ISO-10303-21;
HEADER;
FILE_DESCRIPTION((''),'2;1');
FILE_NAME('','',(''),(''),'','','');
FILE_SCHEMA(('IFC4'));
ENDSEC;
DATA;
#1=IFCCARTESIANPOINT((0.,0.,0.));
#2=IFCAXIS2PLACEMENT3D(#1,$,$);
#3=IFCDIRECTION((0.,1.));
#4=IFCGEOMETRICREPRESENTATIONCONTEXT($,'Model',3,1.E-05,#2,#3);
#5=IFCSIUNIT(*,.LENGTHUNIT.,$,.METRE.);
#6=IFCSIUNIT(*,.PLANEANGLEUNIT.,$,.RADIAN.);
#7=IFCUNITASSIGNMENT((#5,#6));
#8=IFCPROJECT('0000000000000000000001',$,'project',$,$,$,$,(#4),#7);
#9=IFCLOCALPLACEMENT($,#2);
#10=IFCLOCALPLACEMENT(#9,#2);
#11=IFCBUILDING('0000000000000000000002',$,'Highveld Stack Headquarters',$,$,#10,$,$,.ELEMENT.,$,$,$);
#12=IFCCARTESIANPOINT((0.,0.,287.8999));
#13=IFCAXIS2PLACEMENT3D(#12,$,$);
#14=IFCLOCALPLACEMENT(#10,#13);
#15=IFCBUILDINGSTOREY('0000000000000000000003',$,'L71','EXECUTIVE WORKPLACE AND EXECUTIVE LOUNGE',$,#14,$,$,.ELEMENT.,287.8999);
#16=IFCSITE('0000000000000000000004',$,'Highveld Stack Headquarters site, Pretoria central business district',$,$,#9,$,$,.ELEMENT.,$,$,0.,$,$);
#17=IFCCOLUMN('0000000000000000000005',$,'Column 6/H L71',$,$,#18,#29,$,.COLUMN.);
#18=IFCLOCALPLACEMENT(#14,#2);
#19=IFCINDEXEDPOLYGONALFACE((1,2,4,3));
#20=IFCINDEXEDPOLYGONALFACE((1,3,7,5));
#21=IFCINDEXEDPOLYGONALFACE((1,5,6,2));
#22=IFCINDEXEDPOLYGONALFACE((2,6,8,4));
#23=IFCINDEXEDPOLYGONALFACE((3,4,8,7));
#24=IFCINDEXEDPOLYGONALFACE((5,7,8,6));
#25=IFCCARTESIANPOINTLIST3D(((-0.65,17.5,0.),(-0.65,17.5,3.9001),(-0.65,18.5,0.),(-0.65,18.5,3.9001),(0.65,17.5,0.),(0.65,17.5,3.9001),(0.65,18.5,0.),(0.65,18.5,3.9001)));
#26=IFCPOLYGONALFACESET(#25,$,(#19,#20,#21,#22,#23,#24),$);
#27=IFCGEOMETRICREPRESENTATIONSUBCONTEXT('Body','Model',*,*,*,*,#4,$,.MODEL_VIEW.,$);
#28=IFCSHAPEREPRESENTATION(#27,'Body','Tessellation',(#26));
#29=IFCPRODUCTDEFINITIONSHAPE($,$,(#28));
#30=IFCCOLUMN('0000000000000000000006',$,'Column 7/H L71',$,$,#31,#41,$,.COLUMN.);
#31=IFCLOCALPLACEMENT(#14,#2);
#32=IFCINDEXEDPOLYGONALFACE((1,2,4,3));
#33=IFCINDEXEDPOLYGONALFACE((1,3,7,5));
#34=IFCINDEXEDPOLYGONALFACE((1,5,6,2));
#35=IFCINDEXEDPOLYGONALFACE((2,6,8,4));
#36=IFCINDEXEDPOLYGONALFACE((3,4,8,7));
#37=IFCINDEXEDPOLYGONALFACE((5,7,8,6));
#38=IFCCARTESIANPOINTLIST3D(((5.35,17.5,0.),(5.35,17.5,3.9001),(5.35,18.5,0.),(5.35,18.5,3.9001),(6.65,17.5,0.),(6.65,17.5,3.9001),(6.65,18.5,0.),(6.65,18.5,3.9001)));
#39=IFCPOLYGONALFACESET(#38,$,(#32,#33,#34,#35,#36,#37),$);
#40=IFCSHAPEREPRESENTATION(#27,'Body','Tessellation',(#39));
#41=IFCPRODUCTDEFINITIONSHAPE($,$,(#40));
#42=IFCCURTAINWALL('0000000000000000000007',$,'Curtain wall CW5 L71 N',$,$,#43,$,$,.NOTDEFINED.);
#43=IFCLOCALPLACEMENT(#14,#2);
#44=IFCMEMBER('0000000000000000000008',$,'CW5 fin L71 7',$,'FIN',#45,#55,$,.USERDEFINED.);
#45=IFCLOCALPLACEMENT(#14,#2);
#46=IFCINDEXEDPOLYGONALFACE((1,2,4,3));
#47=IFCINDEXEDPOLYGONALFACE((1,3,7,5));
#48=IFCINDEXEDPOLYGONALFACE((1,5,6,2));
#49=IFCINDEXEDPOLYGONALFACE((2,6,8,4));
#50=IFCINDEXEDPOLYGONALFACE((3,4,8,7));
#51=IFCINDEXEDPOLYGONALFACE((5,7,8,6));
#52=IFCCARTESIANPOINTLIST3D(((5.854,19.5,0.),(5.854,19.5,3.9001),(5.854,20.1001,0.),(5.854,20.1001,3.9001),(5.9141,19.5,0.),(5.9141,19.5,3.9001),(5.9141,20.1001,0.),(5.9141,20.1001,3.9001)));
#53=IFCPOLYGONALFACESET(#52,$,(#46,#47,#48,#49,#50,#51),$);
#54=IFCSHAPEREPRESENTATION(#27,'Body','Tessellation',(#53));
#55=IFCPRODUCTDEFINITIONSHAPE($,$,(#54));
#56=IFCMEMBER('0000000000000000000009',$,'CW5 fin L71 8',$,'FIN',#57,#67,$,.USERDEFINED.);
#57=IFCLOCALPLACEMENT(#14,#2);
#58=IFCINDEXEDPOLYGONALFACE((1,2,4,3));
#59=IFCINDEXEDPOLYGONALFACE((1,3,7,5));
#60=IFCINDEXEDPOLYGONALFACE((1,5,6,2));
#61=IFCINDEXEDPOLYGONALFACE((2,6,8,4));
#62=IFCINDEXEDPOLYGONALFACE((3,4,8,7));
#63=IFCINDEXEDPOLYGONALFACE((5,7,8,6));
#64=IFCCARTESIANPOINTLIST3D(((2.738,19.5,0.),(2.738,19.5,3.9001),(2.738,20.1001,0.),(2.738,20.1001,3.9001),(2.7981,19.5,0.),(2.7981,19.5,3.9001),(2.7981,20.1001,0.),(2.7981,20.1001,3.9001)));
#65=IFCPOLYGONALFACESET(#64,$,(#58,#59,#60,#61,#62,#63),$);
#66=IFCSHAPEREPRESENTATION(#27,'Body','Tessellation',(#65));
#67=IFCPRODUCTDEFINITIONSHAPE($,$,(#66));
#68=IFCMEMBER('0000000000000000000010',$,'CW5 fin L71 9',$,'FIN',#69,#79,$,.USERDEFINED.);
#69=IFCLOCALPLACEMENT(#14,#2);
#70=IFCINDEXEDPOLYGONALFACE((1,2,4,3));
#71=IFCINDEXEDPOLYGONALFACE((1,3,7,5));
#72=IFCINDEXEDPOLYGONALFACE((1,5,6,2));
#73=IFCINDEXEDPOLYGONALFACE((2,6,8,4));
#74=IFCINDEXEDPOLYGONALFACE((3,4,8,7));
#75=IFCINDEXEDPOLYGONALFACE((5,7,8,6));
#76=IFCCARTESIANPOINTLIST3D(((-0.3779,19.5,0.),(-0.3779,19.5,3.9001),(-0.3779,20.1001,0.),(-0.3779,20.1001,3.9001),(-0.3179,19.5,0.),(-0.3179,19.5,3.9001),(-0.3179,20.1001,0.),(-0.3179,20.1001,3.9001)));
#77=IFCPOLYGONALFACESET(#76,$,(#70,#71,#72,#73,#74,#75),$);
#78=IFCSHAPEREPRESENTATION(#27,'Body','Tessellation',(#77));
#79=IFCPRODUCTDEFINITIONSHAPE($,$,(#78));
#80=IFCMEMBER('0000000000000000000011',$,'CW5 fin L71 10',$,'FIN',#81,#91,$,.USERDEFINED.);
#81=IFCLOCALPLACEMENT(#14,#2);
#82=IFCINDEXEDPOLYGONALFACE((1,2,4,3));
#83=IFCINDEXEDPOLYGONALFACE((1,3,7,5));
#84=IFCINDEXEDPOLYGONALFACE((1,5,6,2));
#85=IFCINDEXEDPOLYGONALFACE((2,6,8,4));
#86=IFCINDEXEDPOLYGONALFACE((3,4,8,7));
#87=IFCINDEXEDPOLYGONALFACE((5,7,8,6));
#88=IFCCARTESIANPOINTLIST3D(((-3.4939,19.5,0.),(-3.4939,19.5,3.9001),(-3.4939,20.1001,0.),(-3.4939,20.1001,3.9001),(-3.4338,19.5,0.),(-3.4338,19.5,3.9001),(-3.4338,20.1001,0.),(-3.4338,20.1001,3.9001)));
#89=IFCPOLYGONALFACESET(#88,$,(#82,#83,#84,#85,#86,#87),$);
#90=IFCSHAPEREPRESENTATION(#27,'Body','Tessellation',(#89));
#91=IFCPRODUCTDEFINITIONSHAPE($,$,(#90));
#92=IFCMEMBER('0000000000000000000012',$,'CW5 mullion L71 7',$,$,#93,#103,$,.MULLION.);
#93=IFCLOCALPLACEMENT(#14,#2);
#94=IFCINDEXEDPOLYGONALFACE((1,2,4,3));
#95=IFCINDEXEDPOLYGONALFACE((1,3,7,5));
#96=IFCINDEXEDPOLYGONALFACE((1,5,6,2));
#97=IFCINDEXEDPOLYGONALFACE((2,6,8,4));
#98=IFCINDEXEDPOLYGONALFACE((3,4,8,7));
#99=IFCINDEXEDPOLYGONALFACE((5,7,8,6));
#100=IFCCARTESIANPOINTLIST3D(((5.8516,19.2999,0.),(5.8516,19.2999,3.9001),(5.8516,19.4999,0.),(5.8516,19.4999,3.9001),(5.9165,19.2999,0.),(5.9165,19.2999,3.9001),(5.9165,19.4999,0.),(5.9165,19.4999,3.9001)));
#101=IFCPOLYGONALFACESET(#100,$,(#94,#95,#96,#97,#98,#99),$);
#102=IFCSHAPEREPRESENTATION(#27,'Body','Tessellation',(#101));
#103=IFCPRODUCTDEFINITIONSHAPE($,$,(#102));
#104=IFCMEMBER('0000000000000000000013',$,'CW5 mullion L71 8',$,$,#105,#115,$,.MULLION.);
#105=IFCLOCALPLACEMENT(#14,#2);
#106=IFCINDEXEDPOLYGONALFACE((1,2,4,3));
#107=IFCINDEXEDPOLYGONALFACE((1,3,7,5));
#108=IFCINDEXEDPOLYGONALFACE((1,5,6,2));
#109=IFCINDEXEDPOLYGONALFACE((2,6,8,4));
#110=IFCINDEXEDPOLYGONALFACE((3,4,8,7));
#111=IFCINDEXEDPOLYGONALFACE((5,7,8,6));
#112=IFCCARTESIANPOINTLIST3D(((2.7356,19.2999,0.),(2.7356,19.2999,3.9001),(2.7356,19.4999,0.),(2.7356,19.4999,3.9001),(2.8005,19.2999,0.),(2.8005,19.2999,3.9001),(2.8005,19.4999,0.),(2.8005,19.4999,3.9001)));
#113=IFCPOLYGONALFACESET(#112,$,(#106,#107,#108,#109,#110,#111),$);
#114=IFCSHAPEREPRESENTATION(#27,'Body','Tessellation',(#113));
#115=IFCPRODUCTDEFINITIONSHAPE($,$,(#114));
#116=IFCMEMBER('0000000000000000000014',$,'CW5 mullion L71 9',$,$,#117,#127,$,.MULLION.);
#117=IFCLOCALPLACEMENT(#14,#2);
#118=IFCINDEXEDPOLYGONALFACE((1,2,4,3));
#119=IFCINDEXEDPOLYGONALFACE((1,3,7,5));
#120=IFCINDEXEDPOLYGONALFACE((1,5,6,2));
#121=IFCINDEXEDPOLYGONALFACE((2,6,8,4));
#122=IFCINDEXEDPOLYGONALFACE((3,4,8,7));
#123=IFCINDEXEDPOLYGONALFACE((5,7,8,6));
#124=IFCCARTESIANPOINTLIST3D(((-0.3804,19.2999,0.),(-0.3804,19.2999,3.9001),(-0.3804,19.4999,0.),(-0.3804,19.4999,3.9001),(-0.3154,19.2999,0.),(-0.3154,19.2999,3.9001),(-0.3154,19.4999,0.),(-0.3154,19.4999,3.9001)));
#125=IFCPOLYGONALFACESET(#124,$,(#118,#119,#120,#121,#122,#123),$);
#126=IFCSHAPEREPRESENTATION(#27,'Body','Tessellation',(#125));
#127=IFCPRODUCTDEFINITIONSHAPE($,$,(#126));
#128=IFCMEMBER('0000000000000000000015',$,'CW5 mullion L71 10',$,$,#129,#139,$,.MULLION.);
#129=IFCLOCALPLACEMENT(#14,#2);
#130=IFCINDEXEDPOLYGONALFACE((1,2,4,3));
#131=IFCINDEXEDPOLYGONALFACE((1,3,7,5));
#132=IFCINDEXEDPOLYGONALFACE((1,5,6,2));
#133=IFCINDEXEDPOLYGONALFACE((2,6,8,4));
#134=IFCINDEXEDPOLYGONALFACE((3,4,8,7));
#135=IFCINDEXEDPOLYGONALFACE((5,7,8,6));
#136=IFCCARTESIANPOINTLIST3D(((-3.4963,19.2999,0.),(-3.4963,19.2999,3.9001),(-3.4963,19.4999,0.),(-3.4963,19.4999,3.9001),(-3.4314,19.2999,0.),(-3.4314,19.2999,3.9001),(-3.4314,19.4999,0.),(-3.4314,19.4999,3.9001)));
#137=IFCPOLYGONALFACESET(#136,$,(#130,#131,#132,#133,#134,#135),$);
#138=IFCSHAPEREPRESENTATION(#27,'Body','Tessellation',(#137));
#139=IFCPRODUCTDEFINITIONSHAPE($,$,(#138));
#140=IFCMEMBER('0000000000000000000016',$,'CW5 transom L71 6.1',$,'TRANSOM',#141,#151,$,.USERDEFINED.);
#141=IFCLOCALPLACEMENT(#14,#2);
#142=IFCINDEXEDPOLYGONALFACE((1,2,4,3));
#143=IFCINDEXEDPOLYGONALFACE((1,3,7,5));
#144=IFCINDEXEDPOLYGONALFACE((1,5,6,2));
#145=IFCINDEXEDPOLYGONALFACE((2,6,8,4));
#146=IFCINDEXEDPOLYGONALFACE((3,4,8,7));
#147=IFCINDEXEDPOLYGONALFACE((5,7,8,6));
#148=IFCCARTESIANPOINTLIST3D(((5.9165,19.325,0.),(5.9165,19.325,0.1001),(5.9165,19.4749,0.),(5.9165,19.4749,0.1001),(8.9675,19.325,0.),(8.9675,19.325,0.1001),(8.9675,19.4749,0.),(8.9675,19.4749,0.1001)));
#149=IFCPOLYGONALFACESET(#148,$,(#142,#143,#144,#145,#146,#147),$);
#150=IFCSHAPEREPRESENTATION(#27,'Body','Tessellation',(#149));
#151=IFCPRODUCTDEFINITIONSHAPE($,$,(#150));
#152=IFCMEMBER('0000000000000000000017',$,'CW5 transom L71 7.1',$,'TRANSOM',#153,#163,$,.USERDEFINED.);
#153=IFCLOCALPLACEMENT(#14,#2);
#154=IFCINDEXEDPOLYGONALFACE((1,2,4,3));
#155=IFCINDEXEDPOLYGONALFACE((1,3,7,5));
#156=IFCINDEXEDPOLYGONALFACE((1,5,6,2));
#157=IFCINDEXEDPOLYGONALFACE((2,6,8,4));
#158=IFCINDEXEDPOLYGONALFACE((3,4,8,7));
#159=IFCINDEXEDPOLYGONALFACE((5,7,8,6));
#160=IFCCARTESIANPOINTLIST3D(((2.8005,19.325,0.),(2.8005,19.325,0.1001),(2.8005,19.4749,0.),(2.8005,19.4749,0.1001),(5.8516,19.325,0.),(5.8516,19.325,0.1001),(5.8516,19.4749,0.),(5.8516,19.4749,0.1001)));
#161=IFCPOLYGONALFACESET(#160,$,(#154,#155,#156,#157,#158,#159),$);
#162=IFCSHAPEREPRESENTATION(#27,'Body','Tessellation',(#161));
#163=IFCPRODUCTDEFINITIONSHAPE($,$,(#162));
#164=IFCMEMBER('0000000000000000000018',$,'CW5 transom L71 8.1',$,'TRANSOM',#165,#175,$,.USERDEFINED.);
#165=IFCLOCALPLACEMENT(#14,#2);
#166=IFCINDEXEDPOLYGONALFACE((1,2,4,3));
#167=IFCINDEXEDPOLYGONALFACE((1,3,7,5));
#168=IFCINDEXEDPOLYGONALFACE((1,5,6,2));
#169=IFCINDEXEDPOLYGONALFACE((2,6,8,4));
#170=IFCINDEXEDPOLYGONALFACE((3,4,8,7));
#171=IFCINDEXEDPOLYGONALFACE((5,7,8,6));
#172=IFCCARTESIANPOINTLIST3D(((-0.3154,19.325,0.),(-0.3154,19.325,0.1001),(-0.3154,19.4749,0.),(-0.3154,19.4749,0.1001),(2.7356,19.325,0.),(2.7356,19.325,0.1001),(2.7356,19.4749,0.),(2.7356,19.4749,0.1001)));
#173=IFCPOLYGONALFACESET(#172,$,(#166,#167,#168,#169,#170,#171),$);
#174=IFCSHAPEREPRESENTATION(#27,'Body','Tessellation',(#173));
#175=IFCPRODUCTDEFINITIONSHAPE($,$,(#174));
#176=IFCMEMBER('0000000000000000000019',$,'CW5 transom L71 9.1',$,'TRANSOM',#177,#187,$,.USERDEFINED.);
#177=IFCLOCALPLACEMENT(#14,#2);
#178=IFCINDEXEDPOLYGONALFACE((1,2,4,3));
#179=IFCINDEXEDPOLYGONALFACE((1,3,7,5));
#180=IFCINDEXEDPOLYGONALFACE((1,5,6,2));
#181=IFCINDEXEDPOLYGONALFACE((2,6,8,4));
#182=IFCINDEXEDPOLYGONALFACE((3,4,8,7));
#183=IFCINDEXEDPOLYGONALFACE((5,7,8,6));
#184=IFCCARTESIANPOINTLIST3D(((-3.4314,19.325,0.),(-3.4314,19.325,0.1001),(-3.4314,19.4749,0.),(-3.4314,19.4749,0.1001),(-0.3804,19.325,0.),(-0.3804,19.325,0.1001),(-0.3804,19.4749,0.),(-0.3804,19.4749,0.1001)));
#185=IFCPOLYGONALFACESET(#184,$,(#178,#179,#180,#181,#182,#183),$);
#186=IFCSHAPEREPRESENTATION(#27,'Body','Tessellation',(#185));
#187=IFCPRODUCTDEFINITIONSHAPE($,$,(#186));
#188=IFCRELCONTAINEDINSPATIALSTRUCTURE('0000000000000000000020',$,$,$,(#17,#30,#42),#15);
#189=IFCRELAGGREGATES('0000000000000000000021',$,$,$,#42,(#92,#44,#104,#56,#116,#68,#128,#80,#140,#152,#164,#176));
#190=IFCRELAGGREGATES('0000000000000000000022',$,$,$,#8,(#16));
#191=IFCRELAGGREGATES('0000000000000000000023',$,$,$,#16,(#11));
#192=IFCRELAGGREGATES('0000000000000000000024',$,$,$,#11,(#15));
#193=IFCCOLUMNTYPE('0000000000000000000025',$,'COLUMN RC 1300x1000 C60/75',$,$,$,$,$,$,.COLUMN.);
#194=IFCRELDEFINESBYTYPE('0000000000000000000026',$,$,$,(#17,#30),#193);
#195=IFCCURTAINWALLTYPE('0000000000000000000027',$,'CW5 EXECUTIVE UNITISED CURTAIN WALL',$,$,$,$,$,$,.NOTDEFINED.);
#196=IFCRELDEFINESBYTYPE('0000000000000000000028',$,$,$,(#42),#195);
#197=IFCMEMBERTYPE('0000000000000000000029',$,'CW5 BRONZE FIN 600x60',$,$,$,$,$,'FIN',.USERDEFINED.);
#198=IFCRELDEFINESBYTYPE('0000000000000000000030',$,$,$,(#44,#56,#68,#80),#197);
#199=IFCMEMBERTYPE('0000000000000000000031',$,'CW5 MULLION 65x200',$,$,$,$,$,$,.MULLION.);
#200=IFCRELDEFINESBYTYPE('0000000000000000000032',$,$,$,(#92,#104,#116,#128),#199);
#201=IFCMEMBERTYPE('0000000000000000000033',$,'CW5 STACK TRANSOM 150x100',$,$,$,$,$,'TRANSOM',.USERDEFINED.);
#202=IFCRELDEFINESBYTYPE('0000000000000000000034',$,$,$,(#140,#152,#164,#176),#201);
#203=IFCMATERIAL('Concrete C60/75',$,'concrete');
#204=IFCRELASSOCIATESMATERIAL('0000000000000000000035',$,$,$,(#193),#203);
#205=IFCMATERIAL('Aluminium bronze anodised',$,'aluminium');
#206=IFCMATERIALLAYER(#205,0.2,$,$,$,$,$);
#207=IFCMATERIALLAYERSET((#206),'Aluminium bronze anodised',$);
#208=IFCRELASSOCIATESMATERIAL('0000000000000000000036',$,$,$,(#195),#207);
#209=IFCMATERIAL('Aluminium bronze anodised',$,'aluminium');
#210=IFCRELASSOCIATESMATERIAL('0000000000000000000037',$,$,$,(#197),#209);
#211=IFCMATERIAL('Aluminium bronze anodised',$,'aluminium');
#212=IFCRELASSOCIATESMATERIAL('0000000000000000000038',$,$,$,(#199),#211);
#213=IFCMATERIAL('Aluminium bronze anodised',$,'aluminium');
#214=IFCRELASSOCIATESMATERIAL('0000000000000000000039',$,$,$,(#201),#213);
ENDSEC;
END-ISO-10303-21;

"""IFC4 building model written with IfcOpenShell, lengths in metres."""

from ifc_helpers import new_model, si_unit, direction, frame, origin, origin_2d, place, context, subcontext, project, spatial, rectangle, extrude, material, layer, layer_set, material_profile, profile_set, type_object, element, aggregate, save


model = new_model("IFC4")

# Units and contexts
model_context = context("Model", 3, precision=1e-05, world=origin(), true_north=direction((0.0, 1.0)))
body_context = subcontext(model_context, "Body", "Model", "MODEL_VIEW")
ifc_project = project(units=[si_unit("LENGTHUNIT", "METRE"), si_unit("PLANEANGLEUNIT", "RADIAN")], contexts=[model_context])

# Site, building, storey
site_placement = place(None, origin())
site = spatial("IfcSite", under=ifc_project, at=site_placement, Name="Highveld Stack Headquarters site, Pretoria central business district", CompositionType="ELEMENT", RefElevation=0.0)
building_placement = place(site_placement, origin())
building = spatial("IfcBuilding", under=site, at=building_placement, Name="Highveld Stack Headquarters", CompositionType="ELEMENT")
storey_placement = place(building_placement, frame((0.0, 0.0, 287.8999)))
storey = spatial("IfcBuildingStorey", under=building, at=storey_placement, Name="L71", Description="EXECUTIVE WORKPLACE AND EXECUTIVE LOUNGE", CompositionType="ELEMENT", Elevation=287.8999)

# Columns
ifc_material_1 = material(Name="Concrete C60/75", Category="concrete")
ifc_material_profile_1 = material_profile(ifc_material_1, rectangle(XDim=1.3, YDim=1.0, at=origin_2d()), Name="RC 1300x1000")
ifc_profile_set_1 = profile_set([ifc_material_profile_1], Name="Concrete C60/75")
column_type = type_object("IfcColumnType", Name="COLUMN RC 1300x1000 C60/75", PredefinedType="COLUMN", material=ifc_profile_set_1)
for number, where, z_axis, x_axis, name in (
    (1, (0.0, 18.0, 0.0), (0.0, 0.0, 1.0), (1.0, 0.0, 0.0), "Column 6/H L71"),
    (2, (6.0, 18.0, 0.0), (0.0, 0.0, 1.0), (1.0, 0.0, 0.0), "Column 7/H L71"),
):
    element("IfcColumn", number, at=place(storey_placement, frame(where, z_axis=z_axis, x_axis=x_axis)), inside=storey, type_object=column_type, Name=name, PredefinedType="COLUMN", context=body_context, shape_type="SweptSolid", body=[
        extrude(rectangle(XDim=1.3, YDim=1.0, at=origin_2d()), origin(), (0.0, 0.0, 1.0), 3.9001),
    ])

# Curtain wall, members
ifc_material_2 = material(Name="Aluminium bronze anodised", Category="aluminium")
ifc_layer_1 = layer(ifc_material_2, 0.2)
ifc_layer_set_1 = layer_set([ifc_layer_1], Name="Aluminium bronze anodised")
curtain_wall_type = type_object("IfcCurtainWallType", Name="CW5 EXECUTIVE UNITISED CURTAIN WALL", PredefinedType="NOTDEFINED", material=ifc_layer_set_1)
curtain_wall_placement = place(storey_placement, origin())
curtain_wall = element("IfcCurtainWall", 3, at=curtain_wall_placement, inside=storey, type_object=curtain_wall_type, Name="Curtain wall CW5 L71 N", PredefinedType="NOTDEFINED")
ifc_material_3 = material(Name="Aluminium bronze anodised", Category="aluminium")
ifc_material_profile_2 = material_profile(ifc_material_3, rectangle(XDim=0.6001, YDim=0.0601, at=origin_2d()), Name="FIN 600x60")
ifc_profile_set_2 = profile_set([ifc_material_profile_2], Name="Aluminium bronze anodised")
member_type_1 = type_object("IfcMemberType", Name="CW5 BRONZE FIN 600x60", ElementType="FIN", PredefinedType="USERDEFINED", material=ifc_profile_set_2)
member_1_placement = place(storey_placement, frame((5.884, 19.8, 0.0), z_axis=(0.0, 0.0, 1.0), x_axis=(0.0, -1.0, 0.0)))
member_1 = element("IfcMember", 4, at=member_1_placement, type_object=member_type_1, Name="CW5 fin L71 7", ObjectType="FIN", PredefinedType="USERDEFINED", context=body_context, shape_type="SweptSolid", body=[
    extrude(rectangle(XDim=0.6001, YDim=0.0601, at=origin_2d()), origin(), (0.0, 0.0, 1.0), 3.9001),
])
member_2_placement = place(storey_placement, frame((2.7681, 19.8, 0.0), z_axis=(0.0, 0.0, 1.0), x_axis=(0.0, -1.0, 0.0)))
member_2 = element("IfcMember", 5, at=member_2_placement, type_object=member_type_1, Name="CW5 fin L71 8", ObjectType="FIN", PredefinedType="USERDEFINED", context=body_context, shape_type="SweptSolid", body=[
    extrude(rectangle(XDim=0.6001, YDim=0.0601, at=origin_2d()), origin(), (0.0, 0.0, 1.0), 3.9001),
])
member_3_placement = place(storey_placement, frame((-0.3479, 19.8, 0.0), z_axis=(0.0, 0.0, 1.0), x_axis=(0.0, -1.0, 0.0)))
member_3 = element("IfcMember", 6, at=member_3_placement, type_object=member_type_1, Name="CW5 fin L71 9", ObjectType="FIN", PredefinedType="USERDEFINED", context=body_context, shape_type="SweptSolid", body=[
    extrude(rectangle(XDim=0.6001, YDim=0.0601, at=origin_2d()), origin(), (0.0, 0.0, 1.0), 3.9001),
])
member_4_placement = place(storey_placement, frame((-3.4639, 19.8, 0.0), z_axis=(0.0, 0.0, 1.0), x_axis=(0.0, -1.0, 0.0)))
member_4 = element("IfcMember", 7, at=member_4_placement, type_object=member_type_1, Name="CW5 fin L71 10", ObjectType="FIN", PredefinedType="USERDEFINED", context=body_context, shape_type="SweptSolid", body=[
    extrude(rectangle(XDim=0.6001, YDim=0.0601, at=origin_2d()), origin(), (0.0, 0.0, 1.0), 3.9001),
])
ifc_material_4 = material(Name="Aluminium bronze anodised", Category="aluminium")
ifc_material_profile_3 = material_profile(ifc_material_4, rectangle(XDim=0.2, YDim=0.0649, at=origin_2d()), Name="CW5 MULLION 65x200")
ifc_profile_set_3 = profile_set([ifc_material_profile_3], Name="Aluminium bronze anodised")
member_type_2 = type_object("IfcMemberType", Name="CW5 MULLION 65x200", PredefinedType="MULLION", material=ifc_profile_set_3)
member_5_placement = place(storey_placement, frame((5.884, 19.3999, 0.0), z_axis=(0.0, 0.0, 1.0), x_axis=(0.0, -1.0, 0.0)))
member_5 = element("IfcMember", 8, at=member_5_placement, type_object=member_type_2, Name="CW5 mullion L71 7", PredefinedType="MULLION", context=body_context, shape_type="SweptSolid", body=[
    extrude(rectangle(XDim=0.2, YDim=0.0649, at=origin_2d()), origin(), (0.0, 0.0, 1.0), 3.9001),
])
member_6_placement = place(storey_placement, frame((2.7681, 19.3999, 0.0), z_axis=(0.0, 0.0, 1.0), x_axis=(0.0, -1.0, 0.0)))
member_6 = element("IfcMember", 9, at=member_6_placement, type_object=member_type_2, Name="CW5 mullion L71 8", PredefinedType="MULLION", context=body_context, shape_type="SweptSolid", body=[
    extrude(rectangle(XDim=0.2, YDim=0.0649, at=origin_2d()), origin(), (0.0, 0.0, 1.0), 3.9001),
])
member_7_placement = place(storey_placement, frame((-0.3479, 19.3999, 0.0), z_axis=(0.0, 0.0, 1.0), x_axis=(0.0, -1.0, 0.0)))
member_7 = element("IfcMember", 10, at=member_7_placement, type_object=member_type_2, Name="CW5 mullion L71 9", PredefinedType="MULLION", context=body_context, shape_type="SweptSolid", body=[
    extrude(rectangle(XDim=0.2, YDim=0.0649, at=origin_2d()), origin(), (0.0, 0.0, 1.0), 3.9001),
])
member_8_placement = place(storey_placement, frame((-3.4639, 19.3999, 0.0), z_axis=(0.0, 0.0, 1.0), x_axis=(0.0, -1.0, 0.0)))
member_8 = element("IfcMember", 11, at=member_8_placement, type_object=member_type_2, Name="CW5 mullion L71 10", PredefinedType="MULLION", context=body_context, shape_type="SweptSolid", body=[
    extrude(rectangle(XDim=0.2, YDim=0.0649, at=origin_2d()), origin(), (0.0, 0.0, 1.0), 3.9001),
])
ifc_material_5 = material(Name="Aluminium bronze anodised", Category="aluminium")
ifc_material_profile_4 = material_profile(ifc_material_5, rectangle(XDim=0.1499, YDim=0.1001, at=origin_2d()), Name="CW5 TRANSOM 150x100")
ifc_profile_set_4 = profile_set([ifc_material_profile_4], Name="Aluminium bronze anodised")
member_type_3 = type_object("IfcMemberType", Name="CW5 STACK TRANSOM 150x100", ElementType="TRANSOM", PredefinedType="USERDEFINED", material=ifc_profile_set_4)
member_9_placement = place(storey_placement, frame((8.9675, 19.3999, 0.05), z_axis=(-1.0, 0.0, 0.0), x_axis=(0.0, -1.0, 0.0)))
member_9 = element("IfcMember", 12, at=member_9_placement, type_object=member_type_3, Name="CW5 transom L71 6.1", ObjectType="TRANSOM", PredefinedType="USERDEFINED", context=body_context, shape_type="SweptSolid", body=[
    extrude(rectangle(XDim=0.1499, YDim=0.1001, at=origin_2d()), origin(), (0.0, 0.0, 1.0), 3.051),
])
member_10_placement = place(storey_placement, frame((5.8516, 19.3999, 0.05), z_axis=(-1.0, 0.0, 0.0), x_axis=(0.0, -1.0, 0.0)))
member_10 = element("IfcMember", 13, at=member_10_placement, type_object=member_type_3, Name="CW5 transom L71 7.1", ObjectType="TRANSOM", PredefinedType="USERDEFINED", context=body_context, shape_type="SweptSolid", body=[
    extrude(rectangle(XDim=0.1499, YDim=0.1001, at=origin_2d()), origin(), (0.0, 0.0, 1.0), 3.051),
])
member_11_placement = place(storey_placement, frame((2.7356, 19.3999, 0.05), z_axis=(-1.0, 0.0, 0.0), x_axis=(0.0, -1.0, 0.0)))
member_11 = element("IfcMember", 14, at=member_11_placement, type_object=member_type_3, Name="CW5 transom L71 8.1", ObjectType="TRANSOM", PredefinedType="USERDEFINED", context=body_context, shape_type="SweptSolid", body=[
    extrude(rectangle(XDim=0.1499, YDim=0.1001, at=origin_2d()), origin(), (0.0, 0.0, 1.0), 3.051),
])
member_12_placement = place(storey_placement, frame((-0.3804, 19.3999, 0.05), z_axis=(-1.0, 0.0, 0.0), x_axis=(0.0, -1.0, 0.0)))
member_12 = element("IfcMember", 15, at=member_12_placement, type_object=member_type_3, Name="CW5 transom L71 9.1", ObjectType="TRANSOM", PredefinedType="USERDEFINED", context=body_context, shape_type="SweptSolid", body=[
    extrude(rectangle(XDim=0.1499, YDim=0.1001, at=origin_2d()), origin(), (0.0, 0.0, 1.0), 3.051),
])
aggregate(curtain_wall, [member_5, member_1, member_6, member_2, member_7, member_3, member_8, member_4, member_9, member_10, member_11, member_12])

save(model, "model.ifc")
